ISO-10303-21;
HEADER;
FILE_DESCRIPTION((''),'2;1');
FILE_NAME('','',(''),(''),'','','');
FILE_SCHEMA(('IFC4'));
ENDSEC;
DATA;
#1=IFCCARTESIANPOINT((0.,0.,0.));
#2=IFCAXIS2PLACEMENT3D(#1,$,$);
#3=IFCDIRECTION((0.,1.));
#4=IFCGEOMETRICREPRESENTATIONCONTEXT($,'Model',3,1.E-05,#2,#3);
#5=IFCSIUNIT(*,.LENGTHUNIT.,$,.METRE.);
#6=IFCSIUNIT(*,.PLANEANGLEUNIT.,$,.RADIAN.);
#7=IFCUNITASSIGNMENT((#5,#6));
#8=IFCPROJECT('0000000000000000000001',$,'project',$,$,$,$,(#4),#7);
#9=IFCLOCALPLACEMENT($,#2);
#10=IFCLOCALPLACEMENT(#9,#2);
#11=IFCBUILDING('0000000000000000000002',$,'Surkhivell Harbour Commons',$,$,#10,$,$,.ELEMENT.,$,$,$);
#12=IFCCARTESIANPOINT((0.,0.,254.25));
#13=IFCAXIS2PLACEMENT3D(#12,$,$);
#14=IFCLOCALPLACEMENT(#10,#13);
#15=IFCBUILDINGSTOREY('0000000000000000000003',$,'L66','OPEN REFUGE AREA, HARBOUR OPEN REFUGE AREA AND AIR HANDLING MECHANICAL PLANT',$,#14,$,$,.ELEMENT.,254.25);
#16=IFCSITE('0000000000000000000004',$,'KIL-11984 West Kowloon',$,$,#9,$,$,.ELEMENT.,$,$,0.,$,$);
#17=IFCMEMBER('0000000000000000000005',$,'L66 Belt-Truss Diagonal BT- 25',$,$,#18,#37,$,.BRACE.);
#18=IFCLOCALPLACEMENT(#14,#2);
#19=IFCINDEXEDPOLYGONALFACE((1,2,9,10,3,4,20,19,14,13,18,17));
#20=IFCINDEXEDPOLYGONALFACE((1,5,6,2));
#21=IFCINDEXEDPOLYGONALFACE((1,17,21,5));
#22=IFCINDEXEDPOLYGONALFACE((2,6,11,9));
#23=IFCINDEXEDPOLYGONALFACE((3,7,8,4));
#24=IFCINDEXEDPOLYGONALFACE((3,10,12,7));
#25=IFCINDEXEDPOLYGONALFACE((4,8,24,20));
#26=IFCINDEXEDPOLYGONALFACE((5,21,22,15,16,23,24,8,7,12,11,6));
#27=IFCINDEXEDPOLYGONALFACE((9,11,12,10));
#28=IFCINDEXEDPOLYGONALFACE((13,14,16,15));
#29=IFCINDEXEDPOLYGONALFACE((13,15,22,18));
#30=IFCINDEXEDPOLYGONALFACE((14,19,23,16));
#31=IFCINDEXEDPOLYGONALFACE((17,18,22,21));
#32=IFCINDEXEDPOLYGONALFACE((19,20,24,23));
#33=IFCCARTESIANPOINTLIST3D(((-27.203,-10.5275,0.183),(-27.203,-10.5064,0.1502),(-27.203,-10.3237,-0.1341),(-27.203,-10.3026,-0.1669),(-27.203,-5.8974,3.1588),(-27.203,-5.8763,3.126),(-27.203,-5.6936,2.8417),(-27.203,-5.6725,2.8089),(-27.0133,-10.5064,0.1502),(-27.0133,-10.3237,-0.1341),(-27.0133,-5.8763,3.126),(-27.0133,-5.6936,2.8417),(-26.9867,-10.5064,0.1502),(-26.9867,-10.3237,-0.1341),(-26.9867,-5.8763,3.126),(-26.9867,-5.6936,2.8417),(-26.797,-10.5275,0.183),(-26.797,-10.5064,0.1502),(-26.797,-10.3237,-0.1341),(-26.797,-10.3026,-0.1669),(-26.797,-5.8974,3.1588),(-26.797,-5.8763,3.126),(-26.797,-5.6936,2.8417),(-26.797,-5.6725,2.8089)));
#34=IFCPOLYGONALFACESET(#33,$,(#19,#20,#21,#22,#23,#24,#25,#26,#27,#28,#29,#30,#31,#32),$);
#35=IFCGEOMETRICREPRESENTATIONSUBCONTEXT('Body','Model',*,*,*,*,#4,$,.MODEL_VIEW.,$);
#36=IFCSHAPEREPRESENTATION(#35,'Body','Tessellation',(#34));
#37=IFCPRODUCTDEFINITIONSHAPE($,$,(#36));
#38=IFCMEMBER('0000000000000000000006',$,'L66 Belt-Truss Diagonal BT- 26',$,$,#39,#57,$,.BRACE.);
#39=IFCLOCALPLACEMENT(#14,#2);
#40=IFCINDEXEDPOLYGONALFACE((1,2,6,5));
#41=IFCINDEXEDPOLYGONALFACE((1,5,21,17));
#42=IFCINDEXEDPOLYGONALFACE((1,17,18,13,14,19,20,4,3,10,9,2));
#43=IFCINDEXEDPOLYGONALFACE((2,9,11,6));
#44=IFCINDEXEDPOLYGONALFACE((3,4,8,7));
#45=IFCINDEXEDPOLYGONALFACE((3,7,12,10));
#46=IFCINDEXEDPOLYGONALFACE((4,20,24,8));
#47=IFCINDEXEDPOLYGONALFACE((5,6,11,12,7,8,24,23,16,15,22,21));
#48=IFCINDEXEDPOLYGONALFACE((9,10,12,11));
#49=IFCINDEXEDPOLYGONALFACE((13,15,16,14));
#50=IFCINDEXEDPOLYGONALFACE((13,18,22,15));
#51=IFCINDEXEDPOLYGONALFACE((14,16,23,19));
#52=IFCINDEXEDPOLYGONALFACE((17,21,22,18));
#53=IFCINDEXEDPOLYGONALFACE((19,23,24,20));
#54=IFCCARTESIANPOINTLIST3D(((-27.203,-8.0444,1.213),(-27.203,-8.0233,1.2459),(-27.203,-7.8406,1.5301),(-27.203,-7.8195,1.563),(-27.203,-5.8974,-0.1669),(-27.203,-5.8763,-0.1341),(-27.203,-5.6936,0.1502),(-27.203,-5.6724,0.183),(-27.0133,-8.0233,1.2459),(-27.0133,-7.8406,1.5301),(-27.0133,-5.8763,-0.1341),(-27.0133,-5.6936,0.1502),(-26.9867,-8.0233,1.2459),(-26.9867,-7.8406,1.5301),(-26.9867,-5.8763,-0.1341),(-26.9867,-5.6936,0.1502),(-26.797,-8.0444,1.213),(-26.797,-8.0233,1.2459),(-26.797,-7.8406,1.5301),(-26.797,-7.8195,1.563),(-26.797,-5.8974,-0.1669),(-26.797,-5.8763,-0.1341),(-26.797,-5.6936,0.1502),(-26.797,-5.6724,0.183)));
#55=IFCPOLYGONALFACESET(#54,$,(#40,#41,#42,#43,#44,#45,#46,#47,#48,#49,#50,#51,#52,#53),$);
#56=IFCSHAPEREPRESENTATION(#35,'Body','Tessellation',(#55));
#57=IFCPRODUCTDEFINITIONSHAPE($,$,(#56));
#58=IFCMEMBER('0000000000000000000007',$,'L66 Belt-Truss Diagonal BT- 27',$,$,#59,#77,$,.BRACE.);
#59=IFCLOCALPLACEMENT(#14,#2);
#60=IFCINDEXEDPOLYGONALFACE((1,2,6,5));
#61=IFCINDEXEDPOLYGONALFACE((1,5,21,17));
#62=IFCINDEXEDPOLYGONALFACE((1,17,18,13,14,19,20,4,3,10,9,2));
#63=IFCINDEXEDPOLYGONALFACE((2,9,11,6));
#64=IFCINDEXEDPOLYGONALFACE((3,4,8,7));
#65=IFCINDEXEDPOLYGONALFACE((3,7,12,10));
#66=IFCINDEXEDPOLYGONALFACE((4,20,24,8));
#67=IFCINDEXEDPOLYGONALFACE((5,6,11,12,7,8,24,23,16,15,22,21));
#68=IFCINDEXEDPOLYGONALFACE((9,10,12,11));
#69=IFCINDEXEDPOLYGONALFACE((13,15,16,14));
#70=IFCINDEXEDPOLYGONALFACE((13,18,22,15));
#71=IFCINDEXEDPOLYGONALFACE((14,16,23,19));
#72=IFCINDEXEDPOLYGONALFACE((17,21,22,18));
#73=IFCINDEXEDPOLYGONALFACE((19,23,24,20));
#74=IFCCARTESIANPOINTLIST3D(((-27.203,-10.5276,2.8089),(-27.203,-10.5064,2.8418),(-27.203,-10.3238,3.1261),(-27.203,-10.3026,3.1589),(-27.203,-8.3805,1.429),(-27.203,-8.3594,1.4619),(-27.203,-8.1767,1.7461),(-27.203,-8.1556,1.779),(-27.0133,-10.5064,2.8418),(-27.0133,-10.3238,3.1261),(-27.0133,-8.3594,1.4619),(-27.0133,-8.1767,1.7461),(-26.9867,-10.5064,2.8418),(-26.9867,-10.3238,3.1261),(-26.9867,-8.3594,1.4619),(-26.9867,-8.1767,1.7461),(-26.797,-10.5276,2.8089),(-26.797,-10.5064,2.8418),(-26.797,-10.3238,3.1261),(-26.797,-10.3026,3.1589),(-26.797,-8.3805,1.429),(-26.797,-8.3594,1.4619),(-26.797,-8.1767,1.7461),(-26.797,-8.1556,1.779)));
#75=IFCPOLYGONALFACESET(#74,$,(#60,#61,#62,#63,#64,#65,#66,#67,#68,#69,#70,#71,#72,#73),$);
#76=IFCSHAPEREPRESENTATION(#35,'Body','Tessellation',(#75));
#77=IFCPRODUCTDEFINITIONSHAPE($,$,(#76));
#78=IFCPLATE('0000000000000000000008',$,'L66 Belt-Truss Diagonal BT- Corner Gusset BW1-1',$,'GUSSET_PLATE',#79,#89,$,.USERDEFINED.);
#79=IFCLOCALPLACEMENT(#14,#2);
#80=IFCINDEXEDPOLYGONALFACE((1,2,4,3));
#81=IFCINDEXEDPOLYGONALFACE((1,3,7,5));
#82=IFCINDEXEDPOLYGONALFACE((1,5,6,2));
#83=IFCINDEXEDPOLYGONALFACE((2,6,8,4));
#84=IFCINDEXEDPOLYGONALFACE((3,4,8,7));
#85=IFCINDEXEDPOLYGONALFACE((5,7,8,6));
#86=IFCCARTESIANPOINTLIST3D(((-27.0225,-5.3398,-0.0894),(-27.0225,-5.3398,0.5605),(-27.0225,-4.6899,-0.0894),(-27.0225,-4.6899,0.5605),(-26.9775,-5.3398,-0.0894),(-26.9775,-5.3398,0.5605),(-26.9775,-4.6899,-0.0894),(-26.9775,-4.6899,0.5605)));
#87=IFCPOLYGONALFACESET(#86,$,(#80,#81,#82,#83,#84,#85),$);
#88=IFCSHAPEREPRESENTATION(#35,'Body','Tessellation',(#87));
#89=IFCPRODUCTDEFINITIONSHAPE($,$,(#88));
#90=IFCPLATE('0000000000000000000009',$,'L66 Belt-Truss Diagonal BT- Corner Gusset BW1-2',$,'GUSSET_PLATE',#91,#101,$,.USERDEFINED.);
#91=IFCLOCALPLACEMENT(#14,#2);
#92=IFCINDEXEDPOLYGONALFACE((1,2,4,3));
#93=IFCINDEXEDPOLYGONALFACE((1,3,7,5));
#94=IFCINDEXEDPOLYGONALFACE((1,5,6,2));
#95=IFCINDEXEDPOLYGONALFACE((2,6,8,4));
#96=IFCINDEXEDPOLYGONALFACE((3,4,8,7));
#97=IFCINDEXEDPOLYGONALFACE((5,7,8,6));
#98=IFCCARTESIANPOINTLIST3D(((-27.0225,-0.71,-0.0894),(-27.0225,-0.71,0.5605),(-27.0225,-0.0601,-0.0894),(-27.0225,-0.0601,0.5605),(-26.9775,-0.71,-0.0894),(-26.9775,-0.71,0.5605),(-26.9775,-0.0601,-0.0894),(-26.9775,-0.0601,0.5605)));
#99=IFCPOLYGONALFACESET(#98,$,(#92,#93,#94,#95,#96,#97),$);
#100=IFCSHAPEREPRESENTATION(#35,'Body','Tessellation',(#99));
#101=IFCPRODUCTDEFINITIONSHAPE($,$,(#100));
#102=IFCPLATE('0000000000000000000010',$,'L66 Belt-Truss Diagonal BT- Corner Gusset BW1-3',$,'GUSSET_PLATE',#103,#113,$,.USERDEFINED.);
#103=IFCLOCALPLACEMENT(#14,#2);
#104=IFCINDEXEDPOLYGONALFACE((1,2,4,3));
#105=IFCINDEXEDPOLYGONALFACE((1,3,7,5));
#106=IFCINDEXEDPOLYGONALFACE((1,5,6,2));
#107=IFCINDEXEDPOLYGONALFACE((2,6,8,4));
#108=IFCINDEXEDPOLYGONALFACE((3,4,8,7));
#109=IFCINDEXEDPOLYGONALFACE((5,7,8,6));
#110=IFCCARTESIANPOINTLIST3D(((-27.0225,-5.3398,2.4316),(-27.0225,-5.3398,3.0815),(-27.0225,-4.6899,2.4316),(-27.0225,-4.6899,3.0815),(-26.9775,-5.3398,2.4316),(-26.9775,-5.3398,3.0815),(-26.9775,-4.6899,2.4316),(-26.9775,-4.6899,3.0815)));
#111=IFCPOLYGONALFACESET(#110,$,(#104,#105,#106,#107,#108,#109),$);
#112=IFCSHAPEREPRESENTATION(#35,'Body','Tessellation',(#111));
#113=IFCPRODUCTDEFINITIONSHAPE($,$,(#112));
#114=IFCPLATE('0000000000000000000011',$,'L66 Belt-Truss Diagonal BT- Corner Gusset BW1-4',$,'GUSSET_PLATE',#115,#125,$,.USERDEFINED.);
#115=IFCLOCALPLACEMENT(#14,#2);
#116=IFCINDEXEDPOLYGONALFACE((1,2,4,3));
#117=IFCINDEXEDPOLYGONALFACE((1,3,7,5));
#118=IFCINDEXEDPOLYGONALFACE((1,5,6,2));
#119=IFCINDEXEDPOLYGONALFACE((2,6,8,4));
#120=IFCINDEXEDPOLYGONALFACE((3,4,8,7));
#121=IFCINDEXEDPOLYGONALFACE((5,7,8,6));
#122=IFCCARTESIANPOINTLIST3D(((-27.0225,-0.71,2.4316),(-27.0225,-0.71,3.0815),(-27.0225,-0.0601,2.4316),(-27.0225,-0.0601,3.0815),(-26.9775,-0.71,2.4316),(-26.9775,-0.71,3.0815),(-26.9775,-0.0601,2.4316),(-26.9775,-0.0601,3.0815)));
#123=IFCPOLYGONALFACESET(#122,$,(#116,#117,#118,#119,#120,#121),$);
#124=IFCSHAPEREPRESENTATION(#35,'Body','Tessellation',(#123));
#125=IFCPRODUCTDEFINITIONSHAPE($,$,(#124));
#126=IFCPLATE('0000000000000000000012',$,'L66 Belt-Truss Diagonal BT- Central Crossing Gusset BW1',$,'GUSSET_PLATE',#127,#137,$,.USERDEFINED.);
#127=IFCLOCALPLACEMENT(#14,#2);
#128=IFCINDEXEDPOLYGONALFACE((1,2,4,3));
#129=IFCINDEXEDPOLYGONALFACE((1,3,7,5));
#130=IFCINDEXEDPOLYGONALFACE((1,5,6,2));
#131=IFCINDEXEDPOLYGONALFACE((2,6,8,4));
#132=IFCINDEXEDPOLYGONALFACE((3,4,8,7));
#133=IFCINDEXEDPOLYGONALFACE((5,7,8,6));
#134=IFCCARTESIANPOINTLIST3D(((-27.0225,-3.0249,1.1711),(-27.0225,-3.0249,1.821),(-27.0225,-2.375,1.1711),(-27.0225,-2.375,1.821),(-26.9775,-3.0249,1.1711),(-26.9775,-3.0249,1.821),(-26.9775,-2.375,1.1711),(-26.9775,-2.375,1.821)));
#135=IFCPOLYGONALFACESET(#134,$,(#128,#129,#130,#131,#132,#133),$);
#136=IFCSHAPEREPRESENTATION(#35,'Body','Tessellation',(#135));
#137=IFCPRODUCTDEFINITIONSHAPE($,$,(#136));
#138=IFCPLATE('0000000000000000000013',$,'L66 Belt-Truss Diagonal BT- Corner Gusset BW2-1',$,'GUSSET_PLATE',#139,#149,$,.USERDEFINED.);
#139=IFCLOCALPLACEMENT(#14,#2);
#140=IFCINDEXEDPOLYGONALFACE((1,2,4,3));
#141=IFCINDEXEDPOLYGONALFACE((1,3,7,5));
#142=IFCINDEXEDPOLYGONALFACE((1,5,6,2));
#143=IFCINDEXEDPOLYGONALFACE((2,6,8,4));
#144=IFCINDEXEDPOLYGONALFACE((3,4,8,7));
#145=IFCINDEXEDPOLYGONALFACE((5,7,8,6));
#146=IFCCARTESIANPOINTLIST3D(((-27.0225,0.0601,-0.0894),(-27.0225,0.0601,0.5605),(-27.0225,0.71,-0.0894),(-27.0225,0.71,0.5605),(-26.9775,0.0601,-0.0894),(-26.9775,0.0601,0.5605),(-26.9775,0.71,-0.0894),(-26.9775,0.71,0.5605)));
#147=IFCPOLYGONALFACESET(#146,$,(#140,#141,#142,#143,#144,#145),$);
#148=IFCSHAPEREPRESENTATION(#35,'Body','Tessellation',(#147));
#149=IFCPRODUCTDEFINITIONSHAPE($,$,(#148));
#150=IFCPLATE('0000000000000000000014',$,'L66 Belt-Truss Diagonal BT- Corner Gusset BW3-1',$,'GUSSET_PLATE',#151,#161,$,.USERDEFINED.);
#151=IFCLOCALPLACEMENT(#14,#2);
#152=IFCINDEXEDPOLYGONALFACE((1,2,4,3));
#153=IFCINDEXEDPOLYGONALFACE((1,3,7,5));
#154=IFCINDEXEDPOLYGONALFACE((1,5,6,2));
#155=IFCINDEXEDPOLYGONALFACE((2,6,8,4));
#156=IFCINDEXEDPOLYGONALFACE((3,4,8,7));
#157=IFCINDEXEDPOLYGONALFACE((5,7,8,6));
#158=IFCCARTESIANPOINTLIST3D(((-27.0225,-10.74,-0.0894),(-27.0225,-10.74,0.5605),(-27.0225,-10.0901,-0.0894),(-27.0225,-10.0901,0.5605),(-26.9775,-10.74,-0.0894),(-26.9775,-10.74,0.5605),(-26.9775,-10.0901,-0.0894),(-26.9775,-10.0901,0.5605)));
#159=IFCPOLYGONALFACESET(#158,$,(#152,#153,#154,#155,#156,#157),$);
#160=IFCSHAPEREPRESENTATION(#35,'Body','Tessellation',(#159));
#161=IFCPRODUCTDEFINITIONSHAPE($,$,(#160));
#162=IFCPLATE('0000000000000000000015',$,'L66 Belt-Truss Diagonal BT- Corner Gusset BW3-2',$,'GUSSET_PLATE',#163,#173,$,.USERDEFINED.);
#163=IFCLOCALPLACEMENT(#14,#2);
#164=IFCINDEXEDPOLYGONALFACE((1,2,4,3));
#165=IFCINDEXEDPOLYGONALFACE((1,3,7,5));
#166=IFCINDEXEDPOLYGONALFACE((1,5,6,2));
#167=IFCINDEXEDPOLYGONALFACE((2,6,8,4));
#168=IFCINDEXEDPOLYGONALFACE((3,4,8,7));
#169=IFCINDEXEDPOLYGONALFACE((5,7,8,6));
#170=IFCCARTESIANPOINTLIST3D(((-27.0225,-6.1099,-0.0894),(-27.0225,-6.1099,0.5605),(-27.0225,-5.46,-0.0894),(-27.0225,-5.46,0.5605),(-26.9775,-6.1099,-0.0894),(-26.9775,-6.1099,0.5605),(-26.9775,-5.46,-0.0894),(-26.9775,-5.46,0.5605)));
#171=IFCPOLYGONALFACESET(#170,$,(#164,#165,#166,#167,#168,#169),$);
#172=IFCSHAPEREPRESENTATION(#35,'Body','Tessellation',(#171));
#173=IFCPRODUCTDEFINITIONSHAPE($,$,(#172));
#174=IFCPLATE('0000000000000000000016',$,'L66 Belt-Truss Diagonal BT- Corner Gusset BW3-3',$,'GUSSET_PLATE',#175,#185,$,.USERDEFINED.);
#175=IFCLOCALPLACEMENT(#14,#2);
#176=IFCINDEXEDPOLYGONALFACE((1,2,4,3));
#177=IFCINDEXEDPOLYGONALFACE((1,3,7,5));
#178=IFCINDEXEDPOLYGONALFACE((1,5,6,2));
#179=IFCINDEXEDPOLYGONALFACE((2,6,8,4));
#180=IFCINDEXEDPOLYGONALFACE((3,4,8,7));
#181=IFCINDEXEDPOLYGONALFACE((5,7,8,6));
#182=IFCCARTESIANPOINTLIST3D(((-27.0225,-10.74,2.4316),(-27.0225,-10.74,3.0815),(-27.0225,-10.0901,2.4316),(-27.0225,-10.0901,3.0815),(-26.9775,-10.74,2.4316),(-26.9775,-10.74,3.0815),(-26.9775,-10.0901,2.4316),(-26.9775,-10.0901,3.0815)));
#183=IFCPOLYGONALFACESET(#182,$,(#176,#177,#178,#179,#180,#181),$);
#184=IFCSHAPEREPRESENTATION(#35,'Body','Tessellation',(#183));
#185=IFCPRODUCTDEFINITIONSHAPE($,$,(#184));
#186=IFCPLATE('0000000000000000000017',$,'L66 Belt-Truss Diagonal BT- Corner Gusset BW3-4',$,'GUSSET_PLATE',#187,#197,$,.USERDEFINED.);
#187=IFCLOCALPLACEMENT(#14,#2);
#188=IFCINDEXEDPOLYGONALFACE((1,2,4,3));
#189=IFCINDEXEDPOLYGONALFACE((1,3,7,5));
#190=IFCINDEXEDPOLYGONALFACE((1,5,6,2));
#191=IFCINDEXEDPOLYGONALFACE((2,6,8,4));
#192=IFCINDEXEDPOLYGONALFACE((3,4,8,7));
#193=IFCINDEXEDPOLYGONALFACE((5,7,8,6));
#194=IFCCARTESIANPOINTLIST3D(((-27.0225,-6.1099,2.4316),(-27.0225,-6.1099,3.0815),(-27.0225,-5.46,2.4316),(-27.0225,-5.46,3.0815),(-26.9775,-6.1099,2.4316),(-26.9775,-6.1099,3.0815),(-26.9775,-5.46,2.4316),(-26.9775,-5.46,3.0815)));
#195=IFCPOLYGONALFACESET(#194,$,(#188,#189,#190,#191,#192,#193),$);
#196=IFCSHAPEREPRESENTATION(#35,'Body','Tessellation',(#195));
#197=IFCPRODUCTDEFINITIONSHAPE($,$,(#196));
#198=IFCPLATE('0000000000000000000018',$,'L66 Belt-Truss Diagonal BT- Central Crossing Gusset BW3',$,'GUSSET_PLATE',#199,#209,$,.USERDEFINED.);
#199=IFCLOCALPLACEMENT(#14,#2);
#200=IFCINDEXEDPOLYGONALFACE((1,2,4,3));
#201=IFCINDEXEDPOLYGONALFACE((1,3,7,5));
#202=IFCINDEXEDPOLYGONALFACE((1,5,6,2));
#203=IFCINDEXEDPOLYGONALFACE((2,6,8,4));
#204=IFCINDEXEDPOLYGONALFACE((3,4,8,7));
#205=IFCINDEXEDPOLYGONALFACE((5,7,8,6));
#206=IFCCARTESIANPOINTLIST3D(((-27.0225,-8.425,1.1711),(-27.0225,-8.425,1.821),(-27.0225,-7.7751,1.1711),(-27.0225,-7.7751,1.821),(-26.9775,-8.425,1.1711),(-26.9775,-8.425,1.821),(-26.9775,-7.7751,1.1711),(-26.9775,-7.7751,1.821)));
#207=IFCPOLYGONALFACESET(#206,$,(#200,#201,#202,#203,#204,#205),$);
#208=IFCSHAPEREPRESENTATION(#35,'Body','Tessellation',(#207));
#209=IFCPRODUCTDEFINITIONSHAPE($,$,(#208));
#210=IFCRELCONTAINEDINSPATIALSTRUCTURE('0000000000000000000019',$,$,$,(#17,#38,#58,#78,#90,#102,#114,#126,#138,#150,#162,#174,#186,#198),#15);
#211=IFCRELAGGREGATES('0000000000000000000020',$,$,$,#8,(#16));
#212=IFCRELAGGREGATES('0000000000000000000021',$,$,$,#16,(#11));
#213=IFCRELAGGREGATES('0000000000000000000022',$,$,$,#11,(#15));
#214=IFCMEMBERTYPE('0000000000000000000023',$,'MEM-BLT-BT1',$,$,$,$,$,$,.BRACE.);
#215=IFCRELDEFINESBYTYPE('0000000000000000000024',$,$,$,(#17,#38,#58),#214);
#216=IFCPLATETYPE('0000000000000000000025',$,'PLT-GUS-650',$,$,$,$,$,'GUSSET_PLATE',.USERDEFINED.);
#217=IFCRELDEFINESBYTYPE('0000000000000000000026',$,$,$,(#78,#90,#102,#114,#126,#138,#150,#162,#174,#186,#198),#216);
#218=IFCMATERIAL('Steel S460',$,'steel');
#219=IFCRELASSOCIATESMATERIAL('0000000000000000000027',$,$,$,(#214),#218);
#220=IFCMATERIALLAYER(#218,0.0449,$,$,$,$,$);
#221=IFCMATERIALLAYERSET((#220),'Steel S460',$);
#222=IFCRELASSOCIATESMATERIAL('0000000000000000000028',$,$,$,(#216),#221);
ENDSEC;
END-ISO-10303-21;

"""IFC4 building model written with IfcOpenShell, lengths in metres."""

from ifc_helpers import new_model, si_unit, direction, frame, origin, origin_2d, place, context, subcontext, project, spatial, rectangle, i_section, extrude, material, layer, layer_set, material_profile, profile_set, type_object, element, save


model = new_model("IFC4")

# Units and contexts
model_context = context("Model", 3, precision=1e-05, world=origin(), true_north=direction((0.0, 1.0)))
body_context = subcontext(model_context, "Body", "Model", "MODEL_VIEW")
ifc_project = project(units=[si_unit("LENGTHUNIT", "METRE"), si_unit("PLANEANGLEUNIT", "RADIAN")], contexts=[model_context])

# Site, building, storey
site_placement = place(None, origin())
site = spatial("IfcSite", under=ifc_project, at=site_placement, Name="KIL-11984 West Kowloon", CompositionType="ELEMENT", RefElevation=0.0)
building_placement = place(site_placement, origin())
building = spatial("IfcBuilding", under=site, at=building_placement, Name="Surkhivell Harbour Commons", CompositionType="ELEMENT")
storey_placement = place(building_placement, frame((0.0, 0.0, 254.25)))
storey = spatial("IfcBuildingStorey", under=building, at=storey_placement, Name="L66", Description="OPEN REFUGE AREA, HARBOUR OPEN REFUGE AREA AND AIR HANDLING MECHANICAL PLANT", CompositionType="ELEMENT", Elevation=254.25)

# Shared definitions
ifc_material_1 = material(Name="Steel S460", Category="steel")

# Members
ifc_material_profile_1 = material_profile(ifc_material_1, i_section(OverallWidth=0.406, OverallDepth=0.416, WebThickness=0.0266, FlangeThickness=0.0391, at=origin_2d()), Name="HD400x382")
ifc_profile_set_1 = profile_set([ifc_material_profile_1], Name="Steel S460")
member_type = type_object("IfcMemberType", Name="MEM-BLT-BT1", PredefinedType="BRACE", material=ifc_profile_set_1)
member_1_placement = place(storey_placement, frame((-27.0, -10.415, 0.0081), z_axis=(0.0, 0.841235, 0.54067), x_axis=(-1.0, 0.0, 0.0)))
element("IfcMember", 1, at=member_1_placement, inside=storey, type_object=member_type, Name="L66 Belt-Truss Diagonal BT- 25", PredefinedType="BRACE", context=body_context, shape_type="SweptSolid", body=[
    extrude(i_section(OverallWidth=0.406, OverallDepth=0.416, WebThickness=0.0266, FlangeThickness=0.0391, at=origin_2d()), origin(), (0.0, 0.0, 1.0), 5.5039),
])
for number, where, z_axis, x_axis, name in (
    (2, (-27.0, -5.7849, 0.0081), (0.0, -0.841234, 0.540671), (1.0, 0.0, 0.0), "L66 Belt-Truss Diagonal BT- 26"),
    (3, (-27.0, -8.2681, 1.604), (0.0, -0.841234, 0.540671), (1.0, 0.0, 0.0), "L66 Belt-Truss Diagonal BT- 27"),
):
    element("IfcMember", number, at=place(storey_placement, frame(where, z_axis=z_axis, x_axis=x_axis)), inside=storey, type_object=member_type, Name=name, PredefinedType="BRACE", context=body_context, shape_type="SweptSolid", body=[
        extrude(i_section(OverallWidth=0.406, OverallDepth=0.416, WebThickness=0.0266, FlangeThickness=0.0391, at=origin_2d()), origin(), (0.0, 0.0, 1.0), 2.5522),
    ])

# Plates
ifc_layer = layer(ifc_material_1, 0.0449)
ifc_layer_set = layer_set([ifc_layer], Name="Steel S460")
plate_type = type_object("IfcPlateType", Name="PLT-GUS-650", ElementType="GUSSET_PLATE", PredefinedType="USERDEFINED", material=ifc_layer_set)
for number, where, z_axis, x_axis, name in (
    (4, (-27.0, -5.0149, -0.0894), (0.0, 0.0, 1.0), (0.0, 1.0, 0.0), "L66 Belt-Truss Diagonal BT- Corner Gusset BW1-1"),
    (5, (-27.0, -0.385, -0.0894), (0.0, 0.0, 1.0), (0.0, 1.0, 0.0), "L66 Belt-Truss Diagonal BT- Corner Gusset BW1-2"),
    (6, (-27.0, -5.0149, 2.4316), (0.0, 0.0, 1.0), (0.0, 1.0, 0.0), "L66 Belt-Truss Diagonal BT- Corner Gusset BW1-3"),
    (7, (-27.0, -0.385, 2.4316), (0.0, 0.0, 1.0), (0.0, 1.0, 0.0), "L66 Belt-Truss Diagonal BT- Corner Gusset BW1-4"),
    (8, (-27.0, -2.7, 1.1711), (0.0, 0.0, 1.0), (0.0, 1.0, 0.0), "L66 Belt-Truss Diagonal BT- Central Crossing Gusset BW1"),
    (9, (-27.0, 0.385, -0.0894), (0.0, 0.0, 1.0), (0.0, 1.0, 0.0), "L66 Belt-Truss Diagonal BT- Corner Gusset BW2-1"),
    (10, (-27.0, -10.415, -0.0894), (0.0, 0.0, 1.0), (0.0, 1.0, 0.0), "L66 Belt-Truss Diagonal BT- Corner Gusset BW3-1"),
    (11, (-27.0, -5.7849, -0.0894), (0.0, 0.0, 1.0), (0.0, 1.0, 0.0), "L66 Belt-Truss Diagonal BT- Corner Gusset BW3-2"),
    (12, (-27.0, -10.415, 2.4316), (0.0, 0.0, 1.0), (0.0, 1.0, 0.0), "L66 Belt-Truss Diagonal BT- Corner Gusset BW3-3"),
    (13, (-27.0, -5.7849, 2.4316), (0.0, 0.0, 1.0), (0.0, 1.0, 0.0), "L66 Belt-Truss Diagonal BT- Corner Gusset BW3-4"),
    (14, (-27.0, -8.1001, 1.1711), (0.0, 0.0, 1.0), (0.0, 1.0, 0.0), "L66 Belt-Truss Diagonal BT- Central Crossing Gusset BW3"),
):
    element("IfcPlate", number, at=place(storey_placement, frame(where, z_axis=z_axis, x_axis=x_axis)), inside=storey, type_object=plate_type, Name=name, ObjectType="GUSSET_PLATE", PredefinedType="USERDEFINED", context=body_context, shape_type="SweptSolid", body=[
        extrude(rectangle(XDim=0.6499, YDim=0.0449, at=origin_2d()), origin(), (0.0, 0.0, 1.0), 0.6499),
    ])

save(model, "model.ifc")
